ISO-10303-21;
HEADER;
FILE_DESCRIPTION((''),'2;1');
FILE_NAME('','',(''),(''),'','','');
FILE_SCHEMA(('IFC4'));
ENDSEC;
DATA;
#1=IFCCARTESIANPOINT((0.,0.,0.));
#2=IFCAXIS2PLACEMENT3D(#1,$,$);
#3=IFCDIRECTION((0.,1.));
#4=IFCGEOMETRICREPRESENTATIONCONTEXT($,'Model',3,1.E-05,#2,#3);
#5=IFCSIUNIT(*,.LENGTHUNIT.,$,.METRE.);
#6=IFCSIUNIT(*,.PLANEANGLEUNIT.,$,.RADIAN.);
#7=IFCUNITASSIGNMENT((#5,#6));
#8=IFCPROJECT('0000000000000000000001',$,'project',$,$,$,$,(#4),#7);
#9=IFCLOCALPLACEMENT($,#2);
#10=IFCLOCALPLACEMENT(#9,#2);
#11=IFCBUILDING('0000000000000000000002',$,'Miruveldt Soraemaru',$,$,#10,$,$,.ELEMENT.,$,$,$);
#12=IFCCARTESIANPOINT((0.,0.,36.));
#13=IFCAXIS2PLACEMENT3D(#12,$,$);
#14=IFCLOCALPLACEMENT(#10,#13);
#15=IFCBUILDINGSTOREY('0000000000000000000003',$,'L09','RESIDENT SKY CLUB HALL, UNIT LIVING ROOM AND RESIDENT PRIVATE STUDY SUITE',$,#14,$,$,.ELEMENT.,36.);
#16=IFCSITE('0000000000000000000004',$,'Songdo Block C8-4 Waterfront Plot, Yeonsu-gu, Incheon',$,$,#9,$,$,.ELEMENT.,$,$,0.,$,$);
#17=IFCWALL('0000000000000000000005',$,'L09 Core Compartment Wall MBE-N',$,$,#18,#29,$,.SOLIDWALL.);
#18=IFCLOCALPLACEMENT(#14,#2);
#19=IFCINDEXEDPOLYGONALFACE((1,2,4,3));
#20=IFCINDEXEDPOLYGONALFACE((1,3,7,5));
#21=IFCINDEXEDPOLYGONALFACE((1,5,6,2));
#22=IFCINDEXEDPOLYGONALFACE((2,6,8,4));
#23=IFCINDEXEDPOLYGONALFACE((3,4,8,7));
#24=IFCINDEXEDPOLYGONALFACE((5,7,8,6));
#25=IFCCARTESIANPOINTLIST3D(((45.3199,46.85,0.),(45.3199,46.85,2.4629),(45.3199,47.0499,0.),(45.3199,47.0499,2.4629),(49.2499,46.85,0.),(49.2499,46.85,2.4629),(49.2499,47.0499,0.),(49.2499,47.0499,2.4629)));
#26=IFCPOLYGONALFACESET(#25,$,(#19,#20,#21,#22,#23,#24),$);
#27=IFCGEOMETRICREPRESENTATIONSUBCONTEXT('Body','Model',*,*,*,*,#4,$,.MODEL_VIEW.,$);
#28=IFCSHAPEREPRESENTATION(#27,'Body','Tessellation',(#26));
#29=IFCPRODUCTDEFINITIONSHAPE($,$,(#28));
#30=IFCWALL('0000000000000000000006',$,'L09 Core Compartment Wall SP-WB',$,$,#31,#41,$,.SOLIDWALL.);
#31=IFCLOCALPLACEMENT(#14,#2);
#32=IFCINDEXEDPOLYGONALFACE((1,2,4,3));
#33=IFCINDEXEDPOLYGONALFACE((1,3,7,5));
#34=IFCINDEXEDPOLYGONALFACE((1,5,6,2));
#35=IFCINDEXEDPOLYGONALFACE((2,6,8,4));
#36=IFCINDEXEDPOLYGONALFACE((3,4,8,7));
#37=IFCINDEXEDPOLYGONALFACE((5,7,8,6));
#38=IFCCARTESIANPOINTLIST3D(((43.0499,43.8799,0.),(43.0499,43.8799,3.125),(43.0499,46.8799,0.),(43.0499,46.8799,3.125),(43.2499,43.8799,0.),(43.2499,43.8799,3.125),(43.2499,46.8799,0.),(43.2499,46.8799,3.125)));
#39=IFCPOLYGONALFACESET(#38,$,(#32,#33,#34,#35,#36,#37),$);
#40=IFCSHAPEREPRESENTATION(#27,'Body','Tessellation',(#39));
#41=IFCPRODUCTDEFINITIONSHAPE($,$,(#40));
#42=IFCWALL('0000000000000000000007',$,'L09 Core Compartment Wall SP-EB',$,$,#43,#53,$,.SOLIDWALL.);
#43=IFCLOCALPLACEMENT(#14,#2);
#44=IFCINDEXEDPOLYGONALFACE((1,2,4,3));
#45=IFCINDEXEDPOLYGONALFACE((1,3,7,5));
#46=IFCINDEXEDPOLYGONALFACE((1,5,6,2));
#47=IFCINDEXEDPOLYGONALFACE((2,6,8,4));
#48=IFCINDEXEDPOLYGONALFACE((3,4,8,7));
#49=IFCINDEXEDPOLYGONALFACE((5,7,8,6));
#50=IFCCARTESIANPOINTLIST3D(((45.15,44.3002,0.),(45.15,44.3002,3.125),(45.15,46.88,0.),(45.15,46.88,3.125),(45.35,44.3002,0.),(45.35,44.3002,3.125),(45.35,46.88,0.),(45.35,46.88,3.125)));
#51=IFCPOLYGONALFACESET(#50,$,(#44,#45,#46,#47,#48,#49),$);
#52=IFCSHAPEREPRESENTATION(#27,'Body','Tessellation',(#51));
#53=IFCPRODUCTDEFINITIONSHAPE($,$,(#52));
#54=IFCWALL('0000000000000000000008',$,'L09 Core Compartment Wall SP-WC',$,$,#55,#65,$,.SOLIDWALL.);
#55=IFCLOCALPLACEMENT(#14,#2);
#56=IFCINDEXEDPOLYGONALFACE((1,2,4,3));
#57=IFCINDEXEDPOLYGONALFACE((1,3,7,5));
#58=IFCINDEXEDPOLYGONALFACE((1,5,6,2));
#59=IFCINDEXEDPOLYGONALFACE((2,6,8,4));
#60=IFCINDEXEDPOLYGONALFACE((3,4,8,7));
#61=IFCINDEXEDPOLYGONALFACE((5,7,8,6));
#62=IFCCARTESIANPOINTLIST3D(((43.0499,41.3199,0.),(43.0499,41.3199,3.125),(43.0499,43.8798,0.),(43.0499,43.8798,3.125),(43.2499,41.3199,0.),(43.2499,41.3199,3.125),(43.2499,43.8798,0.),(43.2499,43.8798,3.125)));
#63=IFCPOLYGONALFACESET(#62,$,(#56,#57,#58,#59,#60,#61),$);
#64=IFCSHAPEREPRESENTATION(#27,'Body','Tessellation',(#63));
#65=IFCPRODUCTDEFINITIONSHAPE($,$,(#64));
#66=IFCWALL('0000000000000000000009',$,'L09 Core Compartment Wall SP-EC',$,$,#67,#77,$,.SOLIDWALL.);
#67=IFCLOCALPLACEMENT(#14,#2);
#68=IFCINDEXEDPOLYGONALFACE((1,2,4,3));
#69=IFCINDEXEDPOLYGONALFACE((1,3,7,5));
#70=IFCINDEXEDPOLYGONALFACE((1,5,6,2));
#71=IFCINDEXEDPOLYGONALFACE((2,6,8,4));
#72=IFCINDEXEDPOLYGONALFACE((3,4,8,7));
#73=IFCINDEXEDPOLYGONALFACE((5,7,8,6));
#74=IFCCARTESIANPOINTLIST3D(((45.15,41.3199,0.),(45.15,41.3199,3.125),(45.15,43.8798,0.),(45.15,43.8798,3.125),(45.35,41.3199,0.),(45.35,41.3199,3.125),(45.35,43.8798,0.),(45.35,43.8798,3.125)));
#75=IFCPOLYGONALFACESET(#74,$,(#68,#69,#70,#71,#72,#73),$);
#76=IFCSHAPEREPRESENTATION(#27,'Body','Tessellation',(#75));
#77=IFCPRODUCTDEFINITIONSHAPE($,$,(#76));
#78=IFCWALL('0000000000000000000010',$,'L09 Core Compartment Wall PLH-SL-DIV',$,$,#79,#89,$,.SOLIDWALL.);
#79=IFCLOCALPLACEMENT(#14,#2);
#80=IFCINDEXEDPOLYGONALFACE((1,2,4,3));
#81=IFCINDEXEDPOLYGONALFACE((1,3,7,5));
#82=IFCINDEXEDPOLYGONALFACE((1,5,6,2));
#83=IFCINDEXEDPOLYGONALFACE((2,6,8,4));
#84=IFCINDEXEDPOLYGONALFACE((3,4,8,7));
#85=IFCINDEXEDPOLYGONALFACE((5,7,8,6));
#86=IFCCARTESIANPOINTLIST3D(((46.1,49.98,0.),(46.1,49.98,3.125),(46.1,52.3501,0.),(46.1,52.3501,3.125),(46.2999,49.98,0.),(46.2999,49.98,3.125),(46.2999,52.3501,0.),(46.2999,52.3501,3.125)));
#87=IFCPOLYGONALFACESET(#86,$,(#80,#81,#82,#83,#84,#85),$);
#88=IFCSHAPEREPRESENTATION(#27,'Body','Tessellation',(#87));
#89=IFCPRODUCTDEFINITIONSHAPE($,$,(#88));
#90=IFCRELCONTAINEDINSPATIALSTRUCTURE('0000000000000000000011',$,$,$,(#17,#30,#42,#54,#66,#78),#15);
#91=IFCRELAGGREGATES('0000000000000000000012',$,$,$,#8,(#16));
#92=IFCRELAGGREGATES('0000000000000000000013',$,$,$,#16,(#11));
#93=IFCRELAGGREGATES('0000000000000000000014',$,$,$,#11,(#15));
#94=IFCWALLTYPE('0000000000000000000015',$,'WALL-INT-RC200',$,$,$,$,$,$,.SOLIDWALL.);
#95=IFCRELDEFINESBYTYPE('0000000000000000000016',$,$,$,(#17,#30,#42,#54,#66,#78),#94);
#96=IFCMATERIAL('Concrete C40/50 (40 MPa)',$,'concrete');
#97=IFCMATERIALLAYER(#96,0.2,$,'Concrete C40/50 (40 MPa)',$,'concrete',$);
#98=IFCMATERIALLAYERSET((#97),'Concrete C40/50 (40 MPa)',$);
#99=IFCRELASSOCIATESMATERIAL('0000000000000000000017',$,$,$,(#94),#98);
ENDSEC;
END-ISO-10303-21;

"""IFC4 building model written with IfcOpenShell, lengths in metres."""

from ifc_helpers import new_model, si_unit, direction, frame, frame_2d, origin, place, context, subcontext, project, spatial, rectangle, extrude, material, layer, layer_set, type_object, element, save


model = new_model("IFC4")

# Units and contexts
model_context = context("Model", 3, precision=1e-05, world=origin(), true_north=direction((0.0, 1.0)))
body_context = subcontext(model_context, "Body", "Model", "MODEL_VIEW")
ifc_project = project(units=[si_unit("LENGTHUNIT", "METRE"), si_unit("PLANEANGLEUNIT", "RADIAN")], contexts=[model_context])

# Site, building, storey
site_placement = place(None, origin())
site = spatial("IfcSite", under=ifc_project, at=site_placement, Name="Songdo Block C8-4 Waterfront Plot, Yeonsu-gu, Incheon", CompositionType="ELEMENT", RefElevation=0.0)
building_placement = place(site_placement, origin())
building = spatial("IfcBuilding", under=site, at=building_placement, Name="Miruveldt Soraemaru", CompositionType="ELEMENT")
storey_placement = place(building_placement, frame((0.0, 0.0, 36.0)))
storey = spatial("IfcBuildingStorey", under=building, at=storey_placement, Name="L09", Description="RESIDENT SKY CLUB HALL, UNIT LIVING ROOM AND RESIDENT PRIVATE STUDY SUITE", CompositionType="ELEMENT", Elevation=36.0)

# Shared definitions
ifc_material_1 = material(Name="Concrete C40/50 (40 MPa)", Category="concrete")

# Shared definitions
ifc_layer_1 = layer(ifc_material_1, 0.2, Name="Concrete C40/50 (40 MPa)", Category="concrete")
ifc_layer_set_1 = layer_set([ifc_layer_1], Name="Concrete C40/50 (40 MPa)")
wall_type_1 = type_object("IfcWallType", Name="WALL-INT-RC200", PredefinedType="SOLIDWALL", material=ifc_layer_set_1)

# Walls
wall_1_placement = place(storey_placement, frame((45.3201, 46.95, 0.0), z_axis=(0.0, 0.0, 1.0), x_axis=(1.0, 0.0, 0.0)))
element("IfcWall", 1, at=wall_1_placement, inside=storey, type_object=wall_type_1, Name="L09 Core Compartment Wall MBE-N", PredefinedType="SOLIDWALL", context=body_context, shape_type="SweptSolid", body=[
    extrude(rectangle(XDim=3.9299, YDim=0.2, at=frame_2d((1.9648, 0.0))), origin(), (0.0, 0.0, 1.0), 2.4629),
])
wall_2_placement = place(storey_placement, frame((43.1499, 43.8799, 0.0), z_axis=(0.0, 0.0, 1.0), x_axis=(0.0, 1.0, 0.0)))
element("IfcWall", 2, at=wall_2_placement, inside=storey, type_object=wall_type_1, Name="L09 Core Compartment Wall SP-WB", PredefinedType="SOLIDWALL", context=body_context, shape_type="SweptSolid", body=[
    extrude(rectangle(XDim=3.0, YDim=0.2, at=frame_2d((1.5, 0.0))), origin(), (0.0, 0.0, 1.0), 3.125),
])
wall_3_placement = place(storey_placement, frame((45.25, 44.3, 0.0), z_axis=(0.0, 0.0, 1.0), x_axis=(0.0, 1.0, 0.0)))
element("IfcWall", 3, at=wall_3_placement, inside=storey, type_object=wall_type_1, Name="L09 Core Compartment Wall SP-EB", PredefinedType="SOLIDWALL", context=body_context, shape_type="SweptSolid", body=[
    extrude(rectangle(XDim=2.5798, YDim=0.2, at=frame_2d((1.29, 0.0))), origin(), (0.0, 0.0, 1.0), 3.125),
])
for number, where, z_axis, x_axis, name in (
    (4, (43.1499, 41.3201, 0.0), (0.0, 0.0, 1.0), (0.0, 1.0, 0.0), "L09 Core Compartment Wall SP-WC"),
    (5, (45.25, 41.3201, 0.0), (0.0, 0.0, 1.0), (0.0, 1.0, 0.0), "L09 Core Compartment Wall SP-EC"),
):
    element("IfcWall", number, at=place(storey_placement, frame(where, z_axis=z_axis, x_axis=x_axis)), inside=storey, type_object=wall_type_1, Name=name, PredefinedType="SOLIDWALL", context=body_context, shape_type="SweptSolid", body=[
        extrude(rectangle(XDim=2.5598, YDim=0.2, at=frame_2d((1.2798, 0.0))), origin(), (0.0, 0.0, 1.0), 3.125),
    ])
wall_4_placement = place(storey_placement, frame((46.2, 49.98, 0.0), z_axis=(0.0, 0.0, 1.0), x_axis=(0.0, 1.0, 0.0)))
element("IfcWall", 6, at=wall_4_placement, inside=storey, type_object=wall_type_1, Name="L09 Core Compartment Wall PLH-SL-DIV", PredefinedType="SOLIDWALL", context=body_context, shape_type="SweptSolid", body=[
    extrude(rectangle(XDim=2.3701, YDim=0.2, at=frame_2d((1.1851, 0.0))), origin(), (0.0, 0.0, 1.0), 3.125),
])

save(model, "model.ifc")
